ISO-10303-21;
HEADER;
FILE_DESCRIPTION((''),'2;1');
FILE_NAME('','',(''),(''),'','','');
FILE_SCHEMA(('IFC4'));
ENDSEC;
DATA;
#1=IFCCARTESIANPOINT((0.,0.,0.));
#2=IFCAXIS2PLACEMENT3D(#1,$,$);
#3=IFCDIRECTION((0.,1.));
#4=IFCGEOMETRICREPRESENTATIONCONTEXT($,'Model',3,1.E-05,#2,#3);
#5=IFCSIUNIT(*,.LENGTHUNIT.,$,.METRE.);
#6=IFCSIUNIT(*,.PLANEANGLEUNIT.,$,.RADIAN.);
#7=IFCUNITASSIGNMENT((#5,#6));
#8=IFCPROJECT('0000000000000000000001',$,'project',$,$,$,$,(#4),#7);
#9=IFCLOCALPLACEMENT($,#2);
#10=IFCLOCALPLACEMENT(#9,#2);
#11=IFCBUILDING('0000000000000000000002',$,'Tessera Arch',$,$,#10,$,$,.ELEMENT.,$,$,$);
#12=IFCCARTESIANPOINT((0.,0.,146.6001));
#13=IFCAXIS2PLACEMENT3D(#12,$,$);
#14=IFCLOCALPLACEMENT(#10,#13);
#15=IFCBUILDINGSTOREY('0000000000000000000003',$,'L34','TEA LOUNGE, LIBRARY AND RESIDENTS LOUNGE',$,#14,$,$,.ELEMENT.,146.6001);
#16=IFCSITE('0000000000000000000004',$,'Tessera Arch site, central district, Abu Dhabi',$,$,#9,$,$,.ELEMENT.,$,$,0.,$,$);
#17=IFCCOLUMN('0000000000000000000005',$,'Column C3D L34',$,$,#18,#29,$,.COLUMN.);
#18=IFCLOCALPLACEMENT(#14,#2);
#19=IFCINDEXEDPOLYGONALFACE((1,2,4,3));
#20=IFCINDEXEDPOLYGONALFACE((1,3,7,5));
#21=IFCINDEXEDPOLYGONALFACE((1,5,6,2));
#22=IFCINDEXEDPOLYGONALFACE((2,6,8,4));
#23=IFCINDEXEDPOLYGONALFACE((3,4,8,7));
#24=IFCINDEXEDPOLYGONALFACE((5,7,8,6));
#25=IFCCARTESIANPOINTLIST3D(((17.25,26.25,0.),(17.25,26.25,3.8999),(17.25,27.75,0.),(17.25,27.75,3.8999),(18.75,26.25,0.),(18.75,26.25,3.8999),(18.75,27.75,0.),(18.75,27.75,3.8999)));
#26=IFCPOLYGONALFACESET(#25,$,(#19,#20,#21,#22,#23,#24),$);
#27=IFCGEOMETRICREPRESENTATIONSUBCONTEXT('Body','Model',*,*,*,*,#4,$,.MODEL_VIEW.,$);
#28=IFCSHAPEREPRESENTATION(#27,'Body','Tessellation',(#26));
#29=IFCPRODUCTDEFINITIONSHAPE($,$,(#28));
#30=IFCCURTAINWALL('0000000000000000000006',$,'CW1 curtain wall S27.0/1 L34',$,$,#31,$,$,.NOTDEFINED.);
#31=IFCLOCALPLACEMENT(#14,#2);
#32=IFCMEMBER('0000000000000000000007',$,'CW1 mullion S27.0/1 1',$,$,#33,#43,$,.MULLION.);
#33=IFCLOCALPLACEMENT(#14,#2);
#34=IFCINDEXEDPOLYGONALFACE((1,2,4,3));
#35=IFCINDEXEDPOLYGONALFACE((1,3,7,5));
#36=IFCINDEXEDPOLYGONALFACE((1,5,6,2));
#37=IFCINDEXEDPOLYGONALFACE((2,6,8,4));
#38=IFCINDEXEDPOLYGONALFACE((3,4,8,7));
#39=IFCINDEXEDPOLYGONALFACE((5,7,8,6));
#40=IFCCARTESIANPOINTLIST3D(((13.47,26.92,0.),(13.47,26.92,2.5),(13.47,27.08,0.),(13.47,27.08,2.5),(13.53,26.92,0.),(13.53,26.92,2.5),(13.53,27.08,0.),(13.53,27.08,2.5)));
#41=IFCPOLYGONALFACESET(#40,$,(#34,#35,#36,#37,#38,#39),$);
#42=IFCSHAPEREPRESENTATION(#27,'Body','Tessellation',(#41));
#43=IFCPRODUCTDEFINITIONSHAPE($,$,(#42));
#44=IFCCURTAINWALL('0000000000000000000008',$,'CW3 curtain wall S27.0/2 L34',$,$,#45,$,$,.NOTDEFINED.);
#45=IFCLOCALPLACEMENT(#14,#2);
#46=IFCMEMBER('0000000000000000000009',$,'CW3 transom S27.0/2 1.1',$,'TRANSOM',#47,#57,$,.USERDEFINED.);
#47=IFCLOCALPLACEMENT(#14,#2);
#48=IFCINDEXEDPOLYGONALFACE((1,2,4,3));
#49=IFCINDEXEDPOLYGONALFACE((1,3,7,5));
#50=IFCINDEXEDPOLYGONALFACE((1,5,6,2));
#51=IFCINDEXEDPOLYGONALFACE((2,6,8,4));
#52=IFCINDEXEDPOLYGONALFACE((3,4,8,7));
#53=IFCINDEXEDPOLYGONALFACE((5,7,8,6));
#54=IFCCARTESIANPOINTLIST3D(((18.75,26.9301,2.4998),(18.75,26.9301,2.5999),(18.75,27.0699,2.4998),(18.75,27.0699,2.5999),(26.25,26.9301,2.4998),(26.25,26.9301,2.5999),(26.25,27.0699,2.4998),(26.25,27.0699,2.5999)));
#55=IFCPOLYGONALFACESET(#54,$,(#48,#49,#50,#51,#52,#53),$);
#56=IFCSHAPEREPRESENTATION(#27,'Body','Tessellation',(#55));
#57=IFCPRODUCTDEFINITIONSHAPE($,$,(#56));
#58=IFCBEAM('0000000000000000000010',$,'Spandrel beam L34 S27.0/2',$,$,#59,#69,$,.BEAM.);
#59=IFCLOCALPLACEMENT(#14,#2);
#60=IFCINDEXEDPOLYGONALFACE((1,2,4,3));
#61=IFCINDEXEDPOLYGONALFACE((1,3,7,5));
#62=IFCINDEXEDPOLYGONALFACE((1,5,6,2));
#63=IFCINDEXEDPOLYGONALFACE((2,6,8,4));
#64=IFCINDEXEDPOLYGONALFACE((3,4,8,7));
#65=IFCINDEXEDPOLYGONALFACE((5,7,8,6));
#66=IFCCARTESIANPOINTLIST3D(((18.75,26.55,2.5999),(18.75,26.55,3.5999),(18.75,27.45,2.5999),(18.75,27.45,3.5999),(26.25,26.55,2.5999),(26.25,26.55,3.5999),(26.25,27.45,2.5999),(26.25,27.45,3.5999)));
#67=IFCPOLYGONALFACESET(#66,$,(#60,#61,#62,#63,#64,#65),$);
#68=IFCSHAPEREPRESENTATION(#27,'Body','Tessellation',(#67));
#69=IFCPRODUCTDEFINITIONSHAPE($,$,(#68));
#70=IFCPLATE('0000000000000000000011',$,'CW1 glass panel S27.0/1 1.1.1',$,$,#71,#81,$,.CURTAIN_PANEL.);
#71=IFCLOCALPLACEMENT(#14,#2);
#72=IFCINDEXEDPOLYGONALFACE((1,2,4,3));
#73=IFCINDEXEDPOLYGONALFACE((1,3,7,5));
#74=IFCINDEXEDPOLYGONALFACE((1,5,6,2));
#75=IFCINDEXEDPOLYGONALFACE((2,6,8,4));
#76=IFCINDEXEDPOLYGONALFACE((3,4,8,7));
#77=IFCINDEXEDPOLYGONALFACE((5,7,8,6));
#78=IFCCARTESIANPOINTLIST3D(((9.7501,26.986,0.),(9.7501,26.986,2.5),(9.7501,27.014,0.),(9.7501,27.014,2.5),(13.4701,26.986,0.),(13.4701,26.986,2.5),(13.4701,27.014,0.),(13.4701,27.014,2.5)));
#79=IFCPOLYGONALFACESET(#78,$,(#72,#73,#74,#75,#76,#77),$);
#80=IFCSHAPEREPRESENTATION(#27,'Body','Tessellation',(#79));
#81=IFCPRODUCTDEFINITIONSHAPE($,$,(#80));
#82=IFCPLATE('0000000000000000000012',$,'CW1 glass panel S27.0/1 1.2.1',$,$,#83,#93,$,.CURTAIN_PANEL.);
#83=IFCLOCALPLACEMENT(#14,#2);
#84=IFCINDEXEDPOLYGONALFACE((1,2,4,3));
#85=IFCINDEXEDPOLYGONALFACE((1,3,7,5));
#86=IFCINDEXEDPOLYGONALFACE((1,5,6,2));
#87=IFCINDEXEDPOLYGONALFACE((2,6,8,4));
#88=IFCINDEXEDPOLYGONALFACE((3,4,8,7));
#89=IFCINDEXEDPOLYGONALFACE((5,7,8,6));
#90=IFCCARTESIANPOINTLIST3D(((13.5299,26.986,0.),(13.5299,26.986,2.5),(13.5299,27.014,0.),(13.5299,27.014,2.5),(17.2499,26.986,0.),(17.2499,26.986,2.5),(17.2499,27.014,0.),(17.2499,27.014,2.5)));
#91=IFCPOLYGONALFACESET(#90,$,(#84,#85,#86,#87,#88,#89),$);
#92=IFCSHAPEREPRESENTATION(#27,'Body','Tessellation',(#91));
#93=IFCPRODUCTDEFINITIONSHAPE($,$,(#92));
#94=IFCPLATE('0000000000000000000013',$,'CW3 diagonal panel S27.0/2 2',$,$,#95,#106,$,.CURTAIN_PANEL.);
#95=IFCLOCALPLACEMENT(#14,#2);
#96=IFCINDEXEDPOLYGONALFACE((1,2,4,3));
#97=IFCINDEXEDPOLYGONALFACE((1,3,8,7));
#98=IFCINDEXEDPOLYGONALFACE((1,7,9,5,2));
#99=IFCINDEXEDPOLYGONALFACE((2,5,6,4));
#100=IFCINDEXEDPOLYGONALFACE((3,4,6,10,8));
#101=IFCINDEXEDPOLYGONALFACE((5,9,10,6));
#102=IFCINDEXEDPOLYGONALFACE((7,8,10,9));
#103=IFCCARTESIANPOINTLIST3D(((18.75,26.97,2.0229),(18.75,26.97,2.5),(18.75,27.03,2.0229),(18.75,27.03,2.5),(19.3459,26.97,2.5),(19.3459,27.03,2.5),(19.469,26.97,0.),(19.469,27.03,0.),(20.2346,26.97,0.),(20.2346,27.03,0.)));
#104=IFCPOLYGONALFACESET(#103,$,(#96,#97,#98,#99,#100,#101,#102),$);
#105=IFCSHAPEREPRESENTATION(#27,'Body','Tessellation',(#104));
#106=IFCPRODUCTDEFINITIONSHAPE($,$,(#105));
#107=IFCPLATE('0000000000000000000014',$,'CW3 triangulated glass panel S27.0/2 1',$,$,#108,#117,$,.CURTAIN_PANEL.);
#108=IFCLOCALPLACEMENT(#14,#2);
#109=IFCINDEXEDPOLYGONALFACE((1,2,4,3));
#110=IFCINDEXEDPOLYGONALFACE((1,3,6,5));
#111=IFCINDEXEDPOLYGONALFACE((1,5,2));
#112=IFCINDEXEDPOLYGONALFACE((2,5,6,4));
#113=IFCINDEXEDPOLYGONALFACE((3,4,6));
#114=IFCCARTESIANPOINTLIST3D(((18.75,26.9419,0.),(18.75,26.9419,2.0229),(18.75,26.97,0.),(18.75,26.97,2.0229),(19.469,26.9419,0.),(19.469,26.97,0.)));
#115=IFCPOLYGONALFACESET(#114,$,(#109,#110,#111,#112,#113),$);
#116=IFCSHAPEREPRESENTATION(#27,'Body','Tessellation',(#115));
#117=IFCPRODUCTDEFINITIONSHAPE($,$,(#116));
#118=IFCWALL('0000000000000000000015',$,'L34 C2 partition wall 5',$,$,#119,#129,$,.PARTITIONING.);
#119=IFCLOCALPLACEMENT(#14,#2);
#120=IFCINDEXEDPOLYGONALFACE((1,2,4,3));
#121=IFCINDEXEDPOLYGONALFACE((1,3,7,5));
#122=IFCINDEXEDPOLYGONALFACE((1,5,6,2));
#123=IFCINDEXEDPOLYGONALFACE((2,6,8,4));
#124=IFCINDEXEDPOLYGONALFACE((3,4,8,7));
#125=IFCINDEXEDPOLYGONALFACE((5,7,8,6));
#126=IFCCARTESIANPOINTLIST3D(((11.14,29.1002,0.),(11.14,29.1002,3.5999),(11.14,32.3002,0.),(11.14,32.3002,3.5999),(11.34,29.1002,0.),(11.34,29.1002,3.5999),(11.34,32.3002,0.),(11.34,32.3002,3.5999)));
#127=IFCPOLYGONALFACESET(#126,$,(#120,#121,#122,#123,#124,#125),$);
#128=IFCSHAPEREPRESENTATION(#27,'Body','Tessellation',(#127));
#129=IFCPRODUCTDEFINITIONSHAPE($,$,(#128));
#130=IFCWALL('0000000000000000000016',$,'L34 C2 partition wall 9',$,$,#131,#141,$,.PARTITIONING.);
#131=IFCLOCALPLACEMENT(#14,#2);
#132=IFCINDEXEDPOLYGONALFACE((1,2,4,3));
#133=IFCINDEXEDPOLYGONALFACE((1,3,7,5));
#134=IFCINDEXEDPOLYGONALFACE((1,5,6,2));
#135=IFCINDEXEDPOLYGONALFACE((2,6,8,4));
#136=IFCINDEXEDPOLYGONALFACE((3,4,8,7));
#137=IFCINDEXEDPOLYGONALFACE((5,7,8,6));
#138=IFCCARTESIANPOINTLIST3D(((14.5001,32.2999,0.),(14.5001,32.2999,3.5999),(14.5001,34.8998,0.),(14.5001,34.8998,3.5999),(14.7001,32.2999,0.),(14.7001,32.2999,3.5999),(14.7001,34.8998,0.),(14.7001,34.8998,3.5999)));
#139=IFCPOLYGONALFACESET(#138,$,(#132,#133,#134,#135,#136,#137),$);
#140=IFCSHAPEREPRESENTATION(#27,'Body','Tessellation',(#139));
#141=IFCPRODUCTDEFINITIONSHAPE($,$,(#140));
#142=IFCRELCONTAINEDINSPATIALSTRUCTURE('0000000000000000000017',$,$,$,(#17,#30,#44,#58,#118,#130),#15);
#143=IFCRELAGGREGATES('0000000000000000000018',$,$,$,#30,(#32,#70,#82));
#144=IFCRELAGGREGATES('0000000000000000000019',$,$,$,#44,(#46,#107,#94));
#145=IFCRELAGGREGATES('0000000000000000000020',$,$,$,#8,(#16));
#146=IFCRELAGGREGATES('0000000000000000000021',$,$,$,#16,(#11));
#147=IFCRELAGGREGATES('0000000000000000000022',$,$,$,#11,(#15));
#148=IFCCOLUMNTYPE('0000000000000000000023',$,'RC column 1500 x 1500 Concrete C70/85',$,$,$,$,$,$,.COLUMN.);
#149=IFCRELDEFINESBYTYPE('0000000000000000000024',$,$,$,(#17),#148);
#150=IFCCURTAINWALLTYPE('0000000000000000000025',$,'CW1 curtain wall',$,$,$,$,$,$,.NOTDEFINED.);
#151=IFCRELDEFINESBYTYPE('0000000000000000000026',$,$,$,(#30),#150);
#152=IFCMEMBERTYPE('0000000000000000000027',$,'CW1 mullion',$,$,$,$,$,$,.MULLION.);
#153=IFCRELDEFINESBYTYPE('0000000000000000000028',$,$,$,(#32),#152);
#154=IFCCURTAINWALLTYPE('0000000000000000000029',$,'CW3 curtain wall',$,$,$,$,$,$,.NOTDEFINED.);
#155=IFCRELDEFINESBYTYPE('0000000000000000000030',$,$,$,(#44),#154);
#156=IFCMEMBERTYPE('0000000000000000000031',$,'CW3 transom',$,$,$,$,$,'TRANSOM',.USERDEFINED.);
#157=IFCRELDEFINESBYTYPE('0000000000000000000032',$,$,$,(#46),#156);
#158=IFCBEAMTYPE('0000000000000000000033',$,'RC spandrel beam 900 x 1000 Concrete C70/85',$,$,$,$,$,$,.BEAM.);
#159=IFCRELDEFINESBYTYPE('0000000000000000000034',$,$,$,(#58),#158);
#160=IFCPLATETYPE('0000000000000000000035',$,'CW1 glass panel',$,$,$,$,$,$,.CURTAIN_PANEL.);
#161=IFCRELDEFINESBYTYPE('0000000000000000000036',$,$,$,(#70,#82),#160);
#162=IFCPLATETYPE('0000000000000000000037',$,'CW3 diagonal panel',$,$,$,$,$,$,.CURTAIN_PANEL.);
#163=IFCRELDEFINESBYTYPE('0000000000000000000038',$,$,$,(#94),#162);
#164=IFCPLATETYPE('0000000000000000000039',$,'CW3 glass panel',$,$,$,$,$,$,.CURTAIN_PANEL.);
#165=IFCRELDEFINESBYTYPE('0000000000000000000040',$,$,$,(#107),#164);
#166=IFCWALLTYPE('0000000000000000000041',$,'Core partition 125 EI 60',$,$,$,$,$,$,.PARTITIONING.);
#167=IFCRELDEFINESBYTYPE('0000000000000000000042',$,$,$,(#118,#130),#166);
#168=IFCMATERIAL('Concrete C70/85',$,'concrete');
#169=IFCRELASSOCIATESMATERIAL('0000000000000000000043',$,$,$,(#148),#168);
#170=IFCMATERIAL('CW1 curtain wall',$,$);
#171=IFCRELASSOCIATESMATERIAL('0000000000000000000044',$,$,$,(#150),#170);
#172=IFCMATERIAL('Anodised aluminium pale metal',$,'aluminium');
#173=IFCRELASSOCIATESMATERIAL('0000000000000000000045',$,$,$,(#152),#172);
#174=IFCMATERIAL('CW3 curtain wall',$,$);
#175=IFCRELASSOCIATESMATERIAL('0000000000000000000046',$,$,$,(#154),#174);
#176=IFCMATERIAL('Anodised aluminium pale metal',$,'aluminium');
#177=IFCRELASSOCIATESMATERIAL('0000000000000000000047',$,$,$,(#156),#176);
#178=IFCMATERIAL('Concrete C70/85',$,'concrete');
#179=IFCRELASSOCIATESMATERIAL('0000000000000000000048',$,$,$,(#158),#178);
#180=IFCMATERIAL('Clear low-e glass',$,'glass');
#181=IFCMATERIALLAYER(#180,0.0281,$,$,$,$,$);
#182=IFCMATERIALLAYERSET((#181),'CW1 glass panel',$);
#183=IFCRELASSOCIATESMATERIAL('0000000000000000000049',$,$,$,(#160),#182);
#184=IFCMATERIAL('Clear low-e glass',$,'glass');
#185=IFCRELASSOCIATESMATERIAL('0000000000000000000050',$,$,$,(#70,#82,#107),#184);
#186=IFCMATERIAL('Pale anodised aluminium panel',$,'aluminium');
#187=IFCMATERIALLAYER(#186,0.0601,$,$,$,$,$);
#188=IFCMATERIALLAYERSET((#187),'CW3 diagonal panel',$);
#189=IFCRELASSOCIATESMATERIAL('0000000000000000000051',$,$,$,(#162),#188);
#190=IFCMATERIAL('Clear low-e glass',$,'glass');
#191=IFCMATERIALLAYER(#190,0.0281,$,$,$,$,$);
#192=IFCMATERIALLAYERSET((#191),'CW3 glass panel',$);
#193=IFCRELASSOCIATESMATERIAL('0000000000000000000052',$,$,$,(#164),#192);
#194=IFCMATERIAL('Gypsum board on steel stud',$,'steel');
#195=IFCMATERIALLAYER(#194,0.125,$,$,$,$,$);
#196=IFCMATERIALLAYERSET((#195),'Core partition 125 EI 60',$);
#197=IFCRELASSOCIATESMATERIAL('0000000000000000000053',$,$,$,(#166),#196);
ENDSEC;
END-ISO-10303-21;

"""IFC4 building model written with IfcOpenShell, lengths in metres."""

from ifc_helpers import new_model, si_unit, direction, frame, frame_2d, origin, origin_2d, place, context, subcontext, project, spatial, polyline, rectangle, outline, extrude, material, layer, layer_set, material_profile, profile_set, type_object, element, aggregate, save


model = new_model("IFC4")

# Units and contexts
model_context = context("Model", 3, precision=1e-05, world=origin(), true_north=direction((0.0, 1.0)))
body_context = subcontext(model_context, "Body", "Model", "MODEL_VIEW")
ifc_project = project(units=[si_unit("LENGTHUNIT", "METRE"), si_unit("PLANEANGLEUNIT", "RADIAN")], contexts=[model_context])

# Site, building, storey
site_placement = place(None, origin())
site = spatial("IfcSite", under=ifc_project, at=site_placement, Name="Tessera Arch site, central district, Abu Dhabi", CompositionType="ELEMENT", RefElevation=0.0)
building_placement = place(site_placement, origin())
building = spatial("IfcBuilding", under=site, at=building_placement, Name="Tessera Arch", CompositionType="ELEMENT")
storey_placement = place(building_placement, frame((0.0, 0.0, 146.6001)))
storey = spatial("IfcBuildingStorey", under=building, at=storey_placement, Name="L34", Description="TEA LOUNGE, LIBRARY AND RESIDENTS LOUNGE", CompositionType="ELEMENT", Elevation=146.6001)

# Column
ifc_material_1 = material(Name="Concrete C70/85", Category="concrete")
ifc_material_profile_1 = material_profile(ifc_material_1, rectangle(XDim=1.5, YDim=1.5, at=origin_2d()), Name="RC column 1500 x 1500 Concrete C70/85")
ifc_profile_set_1 = profile_set([ifc_material_profile_1], Name="Concrete C70/85")
column_type = type_object("IfcColumnType", Name="RC column 1500 x 1500 Concrete C70/85", PredefinedType="COLUMN", material=ifc_profile_set_1)
column_placement = place(storey_placement, frame((18.0, 27.0, 0.0), z_axis=(0.0, 0.0, 1.0), x_axis=(1.0, 0.0, 0.0)))
element("IfcColumn", 1, at=column_placement, inside=storey, type_object=column_type, Name="Column C3D L34", PredefinedType="COLUMN", context=body_context, shape_type="SweptSolid", body=[
    extrude(rectangle(XDim=1.5, YDim=1.5, at=origin_2d()), origin(), (0.0, 0.0, 1.0), 3.8999),
])

# Curtain walls, members
ifc_material_2 = material(Name="CW1 curtain wall")
curtain_wall_type_1 = type_object("IfcCurtainWallType", Name="CW1 curtain wall", PredefinedType="NOTDEFINED", material=ifc_material_2)
curtain_wall_1_placement = place(storey_placement, origin())
curtain_wall_1 = element("IfcCurtainWall", 2, at=curtain_wall_1_placement, inside=storey, type_object=curtain_wall_type_1, Name="CW1 curtain wall S27.0/1 L34", PredefinedType="NOTDEFINED")
ifc_material_3 = material(Name="Anodised aluminium pale metal", Category="aluminium")
ifc_material_profile_2 = material_profile(ifc_material_3, rectangle(XDim=0.1599, YDim=0.0601, at=origin_2d()), Name="AL 60x160")
ifc_profile_set_2 = profile_set([ifc_material_profile_2], Name="Anodised aluminium pale metal")
member_type_1 = type_object("IfcMemberType", Name="CW1 mullion", PredefinedType="MULLION", material=ifc_profile_set_2)
member_1_placement = place(storey_placement, frame((13.5, 27.0, 0.0), z_axis=(0.0, 0.0, 1.0), x_axis=(0.0, 1.0, 0.0)))
member_1 = element("IfcMember", 3, at=member_1_placement, type_object=member_type_1, Name="CW1 mullion S27.0/1 1", PredefinedType="MULLION", context=body_context, shape_type="SweptSolid", body=[
    extrude(rectangle(XDim=0.1599, YDim=0.0601, at=origin_2d()), origin(), (0.0, 0.0, 1.0), 2.5),
])
ifc_material_4 = material(Name="CW3 curtain wall")
curtain_wall_type_2 = type_object("IfcCurtainWallType", Name="CW3 curtain wall", PredefinedType="NOTDEFINED", material=ifc_material_4)
curtain_wall_2_placement = place(storey_placement, origin())
curtain_wall_2 = element("IfcCurtainWall", 4, at=curtain_wall_2_placement, inside=storey, type_object=curtain_wall_type_2, Name="CW3 curtain wall S27.0/2 L34", PredefinedType="NOTDEFINED")
ifc_material_5 = material(Name="Anodised aluminium pale metal", Category="aluminium")
ifc_material_profile_3 = material_profile(ifc_material_5, rectangle(XDim=0.1399, YDim=0.1001, at=origin_2d()), Name="AL 140x100")
ifc_profile_set_3 = profile_set([ifc_material_profile_3], Name="Anodised aluminium pale metal")
member_type_2 = type_object("IfcMemberType", Name="CW3 transom", ElementType="TRANSOM", PredefinedType="USERDEFINED", material=ifc_profile_set_3)
member_2_placement = place(storey_placement, frame((18.75, 27.0, 2.5498), z_axis=(1.0, 0.0, 0.0), x_axis=(0.0, 1.0, 0.0)))
member_2 = element("IfcMember", 5, at=member_2_placement, type_object=member_type_2, Name="CW3 transom S27.0/2 1.1", ObjectType="TRANSOM", PredefinedType="USERDEFINED", context=body_context, shape_type="SweptSolid", body=[
    extrude(rectangle(XDim=0.1399, YDim=0.1001, at=origin_2d()), origin(), (0.0, 0.0, 1.0), 7.5),
])

# Beam
ifc_material_6 = material(Name="Concrete C70/85", Category="concrete")
ifc_material_profile_4 = material_profile(ifc_material_6, rectangle(XDim=0.8999, YDim=1.0, at=origin_2d()), Name="RC spandrel beam 900 x 1000 Concrete C70/85")
ifc_profile_set_4 = profile_set([ifc_material_profile_4], Name="Concrete C70/85")
beam_type = type_object("IfcBeamType", Name="RC spandrel beam 900 x 1000 Concrete C70/85", PredefinedType="BEAM", material=ifc_profile_set_4)
beam_placement = place(storey_placement, frame((18.75, 27.0, 3.0999), z_axis=(1.0, 0.0, 0.0), x_axis=(0.0, 1.0, 0.0)))
element("IfcBeam", 6, at=beam_placement, inside=storey, type_object=beam_type, Name="Spandrel beam L34 S27.0/2", PredefinedType="BEAM", context=body_context, shape_type="SweptSolid", body=[
    extrude(rectangle(XDim=0.8999, YDim=1.0, at=origin_2d()), origin(), (0.0, 0.0, 1.0), 7.5),
])

# Plates
ifc_material_7 = material(Name="Clear low-e glass", Category="glass")
ifc_material_8 = material(Name="Clear low-e glass", Category="glass")
ifc_layer_1 = layer(ifc_material_8, 0.0281)
ifc_layer_set_1 = layer_set([ifc_layer_1], Name="CW1 glass panel")
plate_type_1 = type_object("IfcPlateType", Name="CW1 glass panel", PredefinedType="CURTAIN_PANEL", material=ifc_layer_set_1)
plate_1_placement = place(storey_placement, frame((11.6101, 27.0, 0.0), z_axis=(0.0, 0.0, 1.0), x_axis=(1.0, 0.0, 0.0)))
plate_1 = element("IfcPlate", 7, at=plate_1_placement, type_object=plate_type_1, material=ifc_material_7, Name="CW1 glass panel S27.0/1 1.1.1", PredefinedType="CURTAIN_PANEL", context=body_context, shape_type="SweptSolid", body=[
    extrude(rectangle(XDim=3.72, YDim=0.0281, at=origin_2d()), origin(), (0.0, 0.0, 1.0), 2.5),
])
plate_2_placement = place(storey_placement, frame((15.3899, 27.0, 0.0), z_axis=(0.0, 0.0, 1.0), x_axis=(1.0, 0.0, 0.0)))
plate_2 = element("IfcPlate", 8, at=plate_2_placement, type_object=plate_type_1, material=ifc_material_7, Name="CW1 glass panel S27.0/1 1.2.1", PredefinedType="CURTAIN_PANEL", context=body_context, shape_type="SweptSolid", body=[
    extrude(rectangle(XDim=3.72, YDim=0.0281, at=origin_2d()), origin(), (0.0, 0.0, 1.0), 2.5),
])
aggregate(curtain_wall_1, [member_1, plate_1, plate_2])
ifc_material_9 = material(Name="Pale anodised aluminium panel", Category="aluminium")
ifc_layer_2 = layer(ifc_material_9, 0.0601)
ifc_layer_set_2 = layer_set([ifc_layer_2], Name="CW3 diagonal panel")
plate_type_2 = type_object("IfcPlateType", Name="CW3 diagonal panel", PredefinedType="CURTAIN_PANEL", material=ifc_layer_set_2)
plate_3_placement = place(storey_placement, frame((18.75, 26.97, 2.5), z_axis=(0.0, -1.0, 0.0), x_axis=(0.0, 0.0, -1.0)))
plate_3 = element("IfcPlate", 9, at=plate_3_placement, type_object=plate_type_2, Name="CW3 diagonal panel S27.0/2 2", PredefinedType="CURTAIN_PANEL", context=body_context, shape_type="SweptSolid", body=[
    extrude(outline(polyline([(0.0, 0.0), (0.4771, 0.0), (2.5, 0.719), (2.5, 1.4846), (0.0, 0.5959), (0.0, 0.0)])), origin(), (0.0, 0.0, -1.0), 0.0601),
])
ifc_material_10 = material(Name="Clear low-e glass", Category="glass")
ifc_layer_3 = layer(ifc_material_10, 0.0281)
ifc_layer_set_3 = layer_set([ifc_layer_3], Name="CW3 glass panel")
plate_type_3 = type_object("IfcPlateType", Name="CW3 glass panel", PredefinedType="CURTAIN_PANEL", material=ifc_layer_set_3)
plate_4_placement = place(storey_placement, frame((18.75, 26.9419, 0.0), z_axis=(0.0, -1.0, 0.0), x_axis=(1.0, 0.0, 0.0)))
plate_4 = element("IfcPlate", 10, at=plate_4_placement, type_object=plate_type_3, material=ifc_material_7, Name="CW3 triangulated glass panel S27.0/2 1", PredefinedType="CURTAIN_PANEL", context=body_context, shape_type="SweptSolid", body=[
    extrude(outline(polyline([(0.0, 0.0), (0.719, 0.0), (0.0, 2.0229), (0.0, 0.0)])), origin(), (0.0, 0.0, -1.0), 0.0281),
])
aggregate(curtain_wall_2, [member_2, plate_4, plate_3])

# Walls
ifc_material_11 = material(Name="Gypsum board on steel stud", Category="steel")
ifc_layer_4 = layer(ifc_material_11, 0.125)
ifc_layer_set_4 = layer_set([ifc_layer_4], Name="Core partition 125 EI 60")
wall_type_1 = type_object("IfcWallType", Name="Core partition 125 EI 60", PredefinedType="PARTITIONING", material=ifc_layer_set_4)
wall_1_placement = place(storey_placement, frame((11.24, 29.1001, 0.0), z_axis=(0.0, 0.0, 1.0), x_axis=(0.0, 1.0, 0.0)))
element("IfcWall", 11, at=wall_1_placement, inside=storey, type_object=wall_type_1, Name="L34 C2 partition wall 5", PredefinedType="PARTITIONING", context=body_context, shape_type="SweptSolid", body=[
    extrude(rectangle(XDim=3.2, YDim=0.2, at=frame_2d((1.6001, 0.0))), origin(), (0.0, 0.0, 1.0), 3.5999),
])
wall_2_placement = place(storey_placement, frame((14.6001, 32.3, 0.0), z_axis=(0.0, 0.0, 1.0), x_axis=(0.0, 1.0, 0.0)))
element("IfcWall", 12, at=wall_2_placement, inside=storey, type_object=wall_type_1, Name="L34 C2 partition wall 9", PredefinedType="PARTITIONING", context=body_context, shape_type="SweptSolid", body=[
    extrude(rectangle(XDim=2.5999, YDim=0.2, at=frame_2d((1.2998, 0.0))), origin(), (0.0, 0.0, 1.0), 3.5999),
])

save(model, "model.ifc")
